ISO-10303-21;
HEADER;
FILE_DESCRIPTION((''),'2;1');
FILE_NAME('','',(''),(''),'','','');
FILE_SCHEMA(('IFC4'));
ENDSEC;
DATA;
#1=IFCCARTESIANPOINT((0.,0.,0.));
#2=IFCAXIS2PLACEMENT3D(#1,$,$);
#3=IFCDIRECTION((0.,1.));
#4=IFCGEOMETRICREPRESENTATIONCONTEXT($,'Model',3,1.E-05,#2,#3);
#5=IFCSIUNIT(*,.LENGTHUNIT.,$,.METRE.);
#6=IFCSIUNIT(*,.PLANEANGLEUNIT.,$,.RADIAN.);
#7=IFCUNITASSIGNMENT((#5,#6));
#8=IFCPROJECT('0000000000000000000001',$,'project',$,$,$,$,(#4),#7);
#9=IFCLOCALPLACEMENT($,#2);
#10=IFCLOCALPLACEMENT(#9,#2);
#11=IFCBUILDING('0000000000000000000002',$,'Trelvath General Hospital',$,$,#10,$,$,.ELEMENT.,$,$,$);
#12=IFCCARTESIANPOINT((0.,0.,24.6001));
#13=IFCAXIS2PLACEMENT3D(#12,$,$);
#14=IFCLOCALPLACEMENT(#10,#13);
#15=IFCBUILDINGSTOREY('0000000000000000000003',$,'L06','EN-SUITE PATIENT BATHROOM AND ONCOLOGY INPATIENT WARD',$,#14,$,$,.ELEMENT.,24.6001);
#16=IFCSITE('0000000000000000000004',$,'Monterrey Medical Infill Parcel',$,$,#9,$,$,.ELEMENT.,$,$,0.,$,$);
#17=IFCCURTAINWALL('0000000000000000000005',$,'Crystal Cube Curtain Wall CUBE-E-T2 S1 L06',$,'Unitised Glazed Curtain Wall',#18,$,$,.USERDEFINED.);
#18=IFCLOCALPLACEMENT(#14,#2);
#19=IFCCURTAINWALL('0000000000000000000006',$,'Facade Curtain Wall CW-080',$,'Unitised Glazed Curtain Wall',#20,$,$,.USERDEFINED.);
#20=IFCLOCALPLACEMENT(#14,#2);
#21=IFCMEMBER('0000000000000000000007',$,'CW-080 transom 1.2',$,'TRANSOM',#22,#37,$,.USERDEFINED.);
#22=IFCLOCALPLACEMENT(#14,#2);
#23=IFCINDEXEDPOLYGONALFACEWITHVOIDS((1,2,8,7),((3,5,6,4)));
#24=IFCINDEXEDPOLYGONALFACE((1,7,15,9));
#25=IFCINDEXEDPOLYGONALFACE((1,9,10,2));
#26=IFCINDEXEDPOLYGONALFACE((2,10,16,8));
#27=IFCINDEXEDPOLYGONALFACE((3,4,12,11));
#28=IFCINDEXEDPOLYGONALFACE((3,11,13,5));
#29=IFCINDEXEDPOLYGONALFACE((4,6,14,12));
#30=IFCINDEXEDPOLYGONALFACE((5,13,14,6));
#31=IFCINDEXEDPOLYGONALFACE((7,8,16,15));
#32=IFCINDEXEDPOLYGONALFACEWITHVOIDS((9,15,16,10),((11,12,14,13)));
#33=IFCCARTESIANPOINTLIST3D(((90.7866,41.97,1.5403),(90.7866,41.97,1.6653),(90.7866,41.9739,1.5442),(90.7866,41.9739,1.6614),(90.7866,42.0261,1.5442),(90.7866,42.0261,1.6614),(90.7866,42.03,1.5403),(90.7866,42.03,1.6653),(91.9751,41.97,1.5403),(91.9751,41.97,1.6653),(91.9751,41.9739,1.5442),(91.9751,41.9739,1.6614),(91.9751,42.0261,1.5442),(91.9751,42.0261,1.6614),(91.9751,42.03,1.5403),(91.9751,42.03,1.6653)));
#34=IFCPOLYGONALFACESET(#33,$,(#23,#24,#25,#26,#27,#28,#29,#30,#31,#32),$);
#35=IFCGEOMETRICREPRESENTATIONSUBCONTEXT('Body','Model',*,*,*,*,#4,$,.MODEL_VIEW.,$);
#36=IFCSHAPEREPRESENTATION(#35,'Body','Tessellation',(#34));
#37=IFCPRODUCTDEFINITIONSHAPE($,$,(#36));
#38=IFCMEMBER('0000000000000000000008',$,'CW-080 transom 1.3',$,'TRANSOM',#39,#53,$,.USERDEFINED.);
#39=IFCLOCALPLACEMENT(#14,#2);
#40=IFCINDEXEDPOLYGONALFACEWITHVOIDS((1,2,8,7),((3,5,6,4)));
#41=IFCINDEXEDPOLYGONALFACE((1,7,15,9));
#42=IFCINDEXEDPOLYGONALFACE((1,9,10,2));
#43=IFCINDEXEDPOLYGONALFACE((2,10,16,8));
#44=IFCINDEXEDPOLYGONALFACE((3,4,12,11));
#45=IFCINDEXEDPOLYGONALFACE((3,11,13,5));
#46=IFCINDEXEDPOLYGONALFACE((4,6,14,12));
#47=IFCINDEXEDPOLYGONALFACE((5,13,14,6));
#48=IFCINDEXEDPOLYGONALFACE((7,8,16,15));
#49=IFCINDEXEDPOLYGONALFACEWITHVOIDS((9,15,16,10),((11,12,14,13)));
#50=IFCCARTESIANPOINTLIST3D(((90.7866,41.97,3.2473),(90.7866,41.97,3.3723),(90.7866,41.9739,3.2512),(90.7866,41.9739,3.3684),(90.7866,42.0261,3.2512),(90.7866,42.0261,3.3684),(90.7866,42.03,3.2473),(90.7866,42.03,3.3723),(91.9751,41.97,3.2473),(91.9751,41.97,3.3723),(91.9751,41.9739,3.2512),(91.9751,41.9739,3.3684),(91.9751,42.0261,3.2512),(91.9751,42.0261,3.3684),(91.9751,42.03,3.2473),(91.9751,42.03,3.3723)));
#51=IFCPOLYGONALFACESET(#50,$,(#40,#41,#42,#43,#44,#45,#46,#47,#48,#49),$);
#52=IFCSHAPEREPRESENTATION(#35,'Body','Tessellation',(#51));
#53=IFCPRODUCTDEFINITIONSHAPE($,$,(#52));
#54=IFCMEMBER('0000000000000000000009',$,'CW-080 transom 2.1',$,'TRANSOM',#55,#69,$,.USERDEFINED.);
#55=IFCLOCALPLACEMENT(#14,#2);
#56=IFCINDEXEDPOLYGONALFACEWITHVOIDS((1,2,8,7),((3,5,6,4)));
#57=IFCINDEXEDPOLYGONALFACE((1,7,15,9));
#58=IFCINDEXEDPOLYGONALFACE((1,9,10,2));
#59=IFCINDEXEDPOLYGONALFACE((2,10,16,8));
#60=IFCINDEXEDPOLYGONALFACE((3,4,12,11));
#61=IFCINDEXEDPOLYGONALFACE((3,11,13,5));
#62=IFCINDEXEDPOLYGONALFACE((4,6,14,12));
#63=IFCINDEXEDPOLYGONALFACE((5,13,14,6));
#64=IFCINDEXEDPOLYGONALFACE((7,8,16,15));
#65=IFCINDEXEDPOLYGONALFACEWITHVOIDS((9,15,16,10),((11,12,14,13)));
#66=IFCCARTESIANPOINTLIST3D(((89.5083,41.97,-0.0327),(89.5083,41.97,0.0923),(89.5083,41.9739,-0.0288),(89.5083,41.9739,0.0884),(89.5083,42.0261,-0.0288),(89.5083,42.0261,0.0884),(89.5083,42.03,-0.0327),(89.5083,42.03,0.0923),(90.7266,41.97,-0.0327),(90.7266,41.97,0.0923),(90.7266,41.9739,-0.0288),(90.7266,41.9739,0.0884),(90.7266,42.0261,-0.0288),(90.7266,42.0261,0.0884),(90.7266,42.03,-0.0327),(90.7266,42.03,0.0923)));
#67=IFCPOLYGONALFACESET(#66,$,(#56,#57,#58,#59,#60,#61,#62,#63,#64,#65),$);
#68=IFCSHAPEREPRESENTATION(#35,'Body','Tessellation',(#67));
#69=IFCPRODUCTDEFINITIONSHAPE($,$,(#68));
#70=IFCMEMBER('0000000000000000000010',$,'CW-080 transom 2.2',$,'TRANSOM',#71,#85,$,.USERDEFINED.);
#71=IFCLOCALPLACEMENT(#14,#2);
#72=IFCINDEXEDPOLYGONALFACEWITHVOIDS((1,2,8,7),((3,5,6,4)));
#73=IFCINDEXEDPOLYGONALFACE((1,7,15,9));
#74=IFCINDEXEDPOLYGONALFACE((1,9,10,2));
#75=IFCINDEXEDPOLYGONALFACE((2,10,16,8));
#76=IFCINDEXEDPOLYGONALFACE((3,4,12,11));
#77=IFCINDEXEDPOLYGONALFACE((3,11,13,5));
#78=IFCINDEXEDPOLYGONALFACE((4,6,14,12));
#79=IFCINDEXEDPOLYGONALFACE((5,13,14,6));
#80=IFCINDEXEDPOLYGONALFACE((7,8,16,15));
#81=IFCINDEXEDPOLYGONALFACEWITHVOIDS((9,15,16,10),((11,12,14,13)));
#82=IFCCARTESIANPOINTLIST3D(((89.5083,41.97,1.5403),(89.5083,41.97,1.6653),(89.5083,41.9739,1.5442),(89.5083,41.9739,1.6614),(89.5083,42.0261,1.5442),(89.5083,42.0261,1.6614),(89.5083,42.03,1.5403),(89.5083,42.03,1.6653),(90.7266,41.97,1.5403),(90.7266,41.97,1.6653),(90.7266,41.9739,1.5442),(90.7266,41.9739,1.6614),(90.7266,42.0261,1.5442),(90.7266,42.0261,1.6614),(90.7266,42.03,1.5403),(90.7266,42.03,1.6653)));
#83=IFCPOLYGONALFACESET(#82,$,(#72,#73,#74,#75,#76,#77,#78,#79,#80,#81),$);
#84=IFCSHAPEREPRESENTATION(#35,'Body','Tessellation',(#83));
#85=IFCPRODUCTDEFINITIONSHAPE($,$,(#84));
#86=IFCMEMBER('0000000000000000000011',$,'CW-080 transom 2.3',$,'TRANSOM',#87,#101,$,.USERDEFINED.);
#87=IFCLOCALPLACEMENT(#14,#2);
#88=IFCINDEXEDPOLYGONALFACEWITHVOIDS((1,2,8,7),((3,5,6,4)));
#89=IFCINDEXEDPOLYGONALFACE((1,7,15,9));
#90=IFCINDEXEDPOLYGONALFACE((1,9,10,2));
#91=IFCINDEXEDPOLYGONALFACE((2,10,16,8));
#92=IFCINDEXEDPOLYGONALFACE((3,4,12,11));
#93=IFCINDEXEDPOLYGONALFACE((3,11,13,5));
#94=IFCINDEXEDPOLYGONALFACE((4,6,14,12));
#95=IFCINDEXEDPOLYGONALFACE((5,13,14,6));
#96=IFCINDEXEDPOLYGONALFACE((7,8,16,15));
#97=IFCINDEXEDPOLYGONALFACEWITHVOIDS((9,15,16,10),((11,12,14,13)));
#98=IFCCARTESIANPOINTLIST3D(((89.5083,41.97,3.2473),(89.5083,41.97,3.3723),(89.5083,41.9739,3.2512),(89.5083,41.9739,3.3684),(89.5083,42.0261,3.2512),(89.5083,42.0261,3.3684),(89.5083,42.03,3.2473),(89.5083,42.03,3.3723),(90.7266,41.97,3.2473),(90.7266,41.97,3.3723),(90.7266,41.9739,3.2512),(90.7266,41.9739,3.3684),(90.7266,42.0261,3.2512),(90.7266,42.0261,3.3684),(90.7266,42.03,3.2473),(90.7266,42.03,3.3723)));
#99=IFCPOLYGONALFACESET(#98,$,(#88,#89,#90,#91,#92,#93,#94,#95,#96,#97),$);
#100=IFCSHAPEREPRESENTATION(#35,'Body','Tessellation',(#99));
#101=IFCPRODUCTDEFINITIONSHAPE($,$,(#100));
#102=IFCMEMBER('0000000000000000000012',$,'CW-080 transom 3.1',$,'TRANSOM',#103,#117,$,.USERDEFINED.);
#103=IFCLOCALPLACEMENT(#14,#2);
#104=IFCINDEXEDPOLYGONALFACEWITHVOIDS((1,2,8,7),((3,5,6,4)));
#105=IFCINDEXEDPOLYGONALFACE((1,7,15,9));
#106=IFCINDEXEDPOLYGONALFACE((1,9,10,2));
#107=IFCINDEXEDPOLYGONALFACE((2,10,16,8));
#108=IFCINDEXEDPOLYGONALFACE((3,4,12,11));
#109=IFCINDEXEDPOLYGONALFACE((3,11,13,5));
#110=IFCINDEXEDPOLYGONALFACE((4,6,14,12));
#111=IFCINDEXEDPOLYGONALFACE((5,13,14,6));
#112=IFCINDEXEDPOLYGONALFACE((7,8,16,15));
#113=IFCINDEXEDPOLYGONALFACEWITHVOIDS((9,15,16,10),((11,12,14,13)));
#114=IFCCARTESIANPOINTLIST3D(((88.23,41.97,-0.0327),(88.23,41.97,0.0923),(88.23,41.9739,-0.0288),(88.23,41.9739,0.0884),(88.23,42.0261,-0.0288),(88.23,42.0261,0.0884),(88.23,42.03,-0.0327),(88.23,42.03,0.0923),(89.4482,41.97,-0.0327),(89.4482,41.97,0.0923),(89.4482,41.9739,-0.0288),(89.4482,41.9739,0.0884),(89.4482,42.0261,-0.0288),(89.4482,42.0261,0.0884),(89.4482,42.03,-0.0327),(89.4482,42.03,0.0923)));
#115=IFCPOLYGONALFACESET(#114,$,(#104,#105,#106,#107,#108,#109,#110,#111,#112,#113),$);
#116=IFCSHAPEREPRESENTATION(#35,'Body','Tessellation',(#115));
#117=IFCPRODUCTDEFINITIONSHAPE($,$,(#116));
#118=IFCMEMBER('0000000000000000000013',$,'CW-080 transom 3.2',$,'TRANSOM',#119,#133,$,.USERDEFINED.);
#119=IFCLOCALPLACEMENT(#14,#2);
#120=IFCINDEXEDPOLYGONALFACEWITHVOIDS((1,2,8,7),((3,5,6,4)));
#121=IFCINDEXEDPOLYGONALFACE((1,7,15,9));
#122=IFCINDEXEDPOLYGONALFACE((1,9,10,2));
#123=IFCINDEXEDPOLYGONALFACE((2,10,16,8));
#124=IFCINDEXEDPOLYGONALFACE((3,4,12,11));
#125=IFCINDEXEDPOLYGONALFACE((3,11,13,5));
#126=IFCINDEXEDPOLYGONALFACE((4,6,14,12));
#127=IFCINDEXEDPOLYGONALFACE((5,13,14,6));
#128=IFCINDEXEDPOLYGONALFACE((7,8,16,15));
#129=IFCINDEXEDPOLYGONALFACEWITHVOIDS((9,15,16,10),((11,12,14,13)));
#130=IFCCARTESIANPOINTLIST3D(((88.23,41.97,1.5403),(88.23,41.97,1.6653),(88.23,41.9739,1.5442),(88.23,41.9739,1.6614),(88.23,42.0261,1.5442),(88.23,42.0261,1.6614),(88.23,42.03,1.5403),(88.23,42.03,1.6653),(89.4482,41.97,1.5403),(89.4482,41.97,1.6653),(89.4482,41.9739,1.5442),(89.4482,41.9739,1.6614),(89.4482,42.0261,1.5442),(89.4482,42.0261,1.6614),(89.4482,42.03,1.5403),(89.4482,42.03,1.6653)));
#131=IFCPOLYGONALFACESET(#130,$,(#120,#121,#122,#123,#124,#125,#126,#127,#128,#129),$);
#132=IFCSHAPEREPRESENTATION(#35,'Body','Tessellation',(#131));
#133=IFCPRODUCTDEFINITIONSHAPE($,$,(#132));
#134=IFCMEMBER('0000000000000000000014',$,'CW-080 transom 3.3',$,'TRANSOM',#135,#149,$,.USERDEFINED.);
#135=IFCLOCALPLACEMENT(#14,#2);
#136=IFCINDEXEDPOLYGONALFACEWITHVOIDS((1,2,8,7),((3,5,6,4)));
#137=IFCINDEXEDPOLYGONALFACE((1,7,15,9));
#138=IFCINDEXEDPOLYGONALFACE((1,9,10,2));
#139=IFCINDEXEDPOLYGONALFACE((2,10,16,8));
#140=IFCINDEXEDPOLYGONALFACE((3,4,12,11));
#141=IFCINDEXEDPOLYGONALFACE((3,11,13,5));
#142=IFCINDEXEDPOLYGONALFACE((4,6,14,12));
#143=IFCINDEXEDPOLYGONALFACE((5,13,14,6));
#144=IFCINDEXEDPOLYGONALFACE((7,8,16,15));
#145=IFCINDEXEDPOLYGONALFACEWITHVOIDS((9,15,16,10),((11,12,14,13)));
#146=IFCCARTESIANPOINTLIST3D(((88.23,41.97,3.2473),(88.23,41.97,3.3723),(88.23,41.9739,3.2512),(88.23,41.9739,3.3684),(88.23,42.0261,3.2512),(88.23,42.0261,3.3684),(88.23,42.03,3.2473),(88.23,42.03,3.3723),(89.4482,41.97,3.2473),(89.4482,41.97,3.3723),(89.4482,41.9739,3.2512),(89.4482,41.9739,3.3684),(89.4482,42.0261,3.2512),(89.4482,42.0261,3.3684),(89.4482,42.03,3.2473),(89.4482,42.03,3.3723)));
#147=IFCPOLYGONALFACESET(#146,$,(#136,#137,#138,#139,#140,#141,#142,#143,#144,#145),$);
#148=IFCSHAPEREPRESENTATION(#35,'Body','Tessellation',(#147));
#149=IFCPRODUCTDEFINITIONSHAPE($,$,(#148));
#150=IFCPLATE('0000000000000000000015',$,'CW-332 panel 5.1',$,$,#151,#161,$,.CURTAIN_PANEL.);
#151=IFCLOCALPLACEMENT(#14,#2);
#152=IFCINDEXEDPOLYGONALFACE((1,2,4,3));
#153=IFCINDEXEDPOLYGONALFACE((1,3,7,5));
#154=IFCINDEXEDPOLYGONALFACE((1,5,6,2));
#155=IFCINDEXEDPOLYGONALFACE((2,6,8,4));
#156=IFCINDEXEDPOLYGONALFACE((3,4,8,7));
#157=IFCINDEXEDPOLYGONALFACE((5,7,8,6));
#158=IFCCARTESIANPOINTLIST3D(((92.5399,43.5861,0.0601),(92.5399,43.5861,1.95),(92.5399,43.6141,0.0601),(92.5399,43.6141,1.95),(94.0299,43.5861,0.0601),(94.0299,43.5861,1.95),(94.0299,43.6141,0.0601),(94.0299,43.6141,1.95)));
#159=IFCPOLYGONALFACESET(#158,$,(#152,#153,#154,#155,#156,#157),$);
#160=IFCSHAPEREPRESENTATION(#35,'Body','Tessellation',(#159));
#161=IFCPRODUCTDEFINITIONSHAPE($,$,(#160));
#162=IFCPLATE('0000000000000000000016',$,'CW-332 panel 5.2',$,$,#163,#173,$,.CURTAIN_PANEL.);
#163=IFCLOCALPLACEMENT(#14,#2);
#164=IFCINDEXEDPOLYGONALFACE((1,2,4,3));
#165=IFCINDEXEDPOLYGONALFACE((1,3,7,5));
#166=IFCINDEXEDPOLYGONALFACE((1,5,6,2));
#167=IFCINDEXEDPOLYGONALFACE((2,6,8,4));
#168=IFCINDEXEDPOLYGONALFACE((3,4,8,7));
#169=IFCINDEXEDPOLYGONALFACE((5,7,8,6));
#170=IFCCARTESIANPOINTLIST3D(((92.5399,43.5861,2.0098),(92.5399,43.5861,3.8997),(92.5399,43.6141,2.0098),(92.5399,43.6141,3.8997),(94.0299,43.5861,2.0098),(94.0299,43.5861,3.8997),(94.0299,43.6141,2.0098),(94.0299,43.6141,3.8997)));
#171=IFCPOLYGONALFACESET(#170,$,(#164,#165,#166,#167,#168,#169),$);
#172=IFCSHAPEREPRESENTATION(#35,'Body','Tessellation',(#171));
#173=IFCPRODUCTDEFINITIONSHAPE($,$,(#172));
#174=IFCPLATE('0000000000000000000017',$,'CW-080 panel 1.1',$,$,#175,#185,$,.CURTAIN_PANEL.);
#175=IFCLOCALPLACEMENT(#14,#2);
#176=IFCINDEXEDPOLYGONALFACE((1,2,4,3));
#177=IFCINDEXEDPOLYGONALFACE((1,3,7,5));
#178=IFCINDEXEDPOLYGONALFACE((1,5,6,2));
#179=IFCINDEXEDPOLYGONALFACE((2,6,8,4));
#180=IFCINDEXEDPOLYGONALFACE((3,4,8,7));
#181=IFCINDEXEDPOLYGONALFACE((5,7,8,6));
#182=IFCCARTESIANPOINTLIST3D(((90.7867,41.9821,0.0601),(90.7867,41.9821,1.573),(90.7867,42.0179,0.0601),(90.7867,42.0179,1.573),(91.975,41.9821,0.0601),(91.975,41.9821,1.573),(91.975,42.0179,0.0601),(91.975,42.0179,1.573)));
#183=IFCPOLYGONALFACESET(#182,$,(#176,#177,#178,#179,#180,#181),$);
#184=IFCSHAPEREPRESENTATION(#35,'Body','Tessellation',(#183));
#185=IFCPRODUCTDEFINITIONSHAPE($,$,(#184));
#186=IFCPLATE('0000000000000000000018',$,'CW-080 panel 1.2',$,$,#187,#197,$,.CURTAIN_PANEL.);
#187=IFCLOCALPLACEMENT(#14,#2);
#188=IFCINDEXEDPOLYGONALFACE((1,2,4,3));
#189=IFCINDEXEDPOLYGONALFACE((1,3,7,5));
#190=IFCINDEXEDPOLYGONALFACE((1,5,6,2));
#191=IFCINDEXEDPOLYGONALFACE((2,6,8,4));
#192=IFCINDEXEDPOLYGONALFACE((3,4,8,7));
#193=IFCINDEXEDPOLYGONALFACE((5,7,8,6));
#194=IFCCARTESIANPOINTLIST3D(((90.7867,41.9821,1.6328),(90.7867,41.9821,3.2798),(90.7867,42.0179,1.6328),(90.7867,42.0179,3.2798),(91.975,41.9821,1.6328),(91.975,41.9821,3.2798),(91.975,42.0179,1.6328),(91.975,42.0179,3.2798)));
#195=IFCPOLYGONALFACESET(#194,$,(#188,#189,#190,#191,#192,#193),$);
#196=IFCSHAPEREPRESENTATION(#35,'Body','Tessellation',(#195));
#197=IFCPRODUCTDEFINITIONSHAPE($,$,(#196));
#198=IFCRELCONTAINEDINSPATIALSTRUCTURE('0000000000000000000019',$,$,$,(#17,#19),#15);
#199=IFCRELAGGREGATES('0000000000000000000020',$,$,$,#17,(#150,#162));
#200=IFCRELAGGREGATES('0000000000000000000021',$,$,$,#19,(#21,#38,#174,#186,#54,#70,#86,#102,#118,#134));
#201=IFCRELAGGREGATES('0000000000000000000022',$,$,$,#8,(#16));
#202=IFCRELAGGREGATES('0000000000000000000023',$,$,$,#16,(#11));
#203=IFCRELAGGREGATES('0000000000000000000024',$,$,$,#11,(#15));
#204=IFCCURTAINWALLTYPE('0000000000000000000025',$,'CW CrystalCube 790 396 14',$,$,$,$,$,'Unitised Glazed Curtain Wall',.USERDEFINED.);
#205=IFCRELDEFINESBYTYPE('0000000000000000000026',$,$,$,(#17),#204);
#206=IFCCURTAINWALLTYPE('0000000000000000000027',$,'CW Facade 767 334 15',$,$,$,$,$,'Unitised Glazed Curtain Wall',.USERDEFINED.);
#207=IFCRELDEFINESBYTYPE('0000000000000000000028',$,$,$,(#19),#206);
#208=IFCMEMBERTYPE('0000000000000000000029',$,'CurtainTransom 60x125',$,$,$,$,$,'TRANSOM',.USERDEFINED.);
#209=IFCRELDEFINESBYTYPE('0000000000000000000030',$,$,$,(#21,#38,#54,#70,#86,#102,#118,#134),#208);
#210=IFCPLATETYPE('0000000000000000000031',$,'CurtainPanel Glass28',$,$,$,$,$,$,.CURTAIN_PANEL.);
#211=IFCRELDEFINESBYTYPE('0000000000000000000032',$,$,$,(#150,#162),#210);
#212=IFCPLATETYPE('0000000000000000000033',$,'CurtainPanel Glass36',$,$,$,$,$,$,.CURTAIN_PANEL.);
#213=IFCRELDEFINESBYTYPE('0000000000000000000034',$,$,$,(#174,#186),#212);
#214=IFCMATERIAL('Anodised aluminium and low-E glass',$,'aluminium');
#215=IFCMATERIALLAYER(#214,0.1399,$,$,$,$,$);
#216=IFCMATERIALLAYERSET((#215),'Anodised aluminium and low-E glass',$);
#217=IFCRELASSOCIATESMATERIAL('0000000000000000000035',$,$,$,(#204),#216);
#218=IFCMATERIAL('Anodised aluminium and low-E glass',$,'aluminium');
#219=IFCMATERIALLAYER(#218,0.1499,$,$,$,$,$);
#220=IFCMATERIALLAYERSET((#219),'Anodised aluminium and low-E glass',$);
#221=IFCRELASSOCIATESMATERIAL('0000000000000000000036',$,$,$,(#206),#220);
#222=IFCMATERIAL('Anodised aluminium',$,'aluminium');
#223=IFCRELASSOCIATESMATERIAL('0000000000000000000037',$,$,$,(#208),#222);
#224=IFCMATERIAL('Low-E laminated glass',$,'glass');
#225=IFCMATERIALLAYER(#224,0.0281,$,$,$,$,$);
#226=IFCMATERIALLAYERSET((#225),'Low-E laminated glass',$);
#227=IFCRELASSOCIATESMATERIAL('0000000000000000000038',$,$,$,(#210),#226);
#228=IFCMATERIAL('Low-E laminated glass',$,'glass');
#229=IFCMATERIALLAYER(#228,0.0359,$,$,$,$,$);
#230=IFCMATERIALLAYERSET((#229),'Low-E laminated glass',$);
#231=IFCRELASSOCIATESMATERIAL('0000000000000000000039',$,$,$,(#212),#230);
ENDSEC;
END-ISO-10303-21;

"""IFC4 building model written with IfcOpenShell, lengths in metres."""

from ifc_helpers import new_model, si_unit, direction, frame, origin, origin_2d, place, context, subcontext, project, spatial, rectangle, hollow_rectangle, extrude, material, layer, layer_set, material_profile, profile_set, type_object, element, aggregate, save


model = new_model("IFC4")

# Units and contexts
model_context = context("Model", 3, precision=1e-05, world=origin(), true_north=direction((0.0, 1.0)))
body_context = subcontext(model_context, "Body", "Model", "MODEL_VIEW")
ifc_project = project(units=[si_unit("LENGTHUNIT", "METRE"), si_unit("PLANEANGLEUNIT", "RADIAN")], contexts=[model_context])

# Site, building, storey
site_placement = place(None, origin())
site = spatial("IfcSite", under=ifc_project, at=site_placement, Name="Monterrey Medical Infill Parcel", CompositionType="ELEMENT", RefElevation=0.0)
building_placement = place(site_placement, origin())
building = spatial("IfcBuilding", under=site, at=building_placement, Name="Trelvath General Hospital", CompositionType="ELEMENT")
storey_placement = place(building_placement, frame((0.0, 0.0, 24.6001)))
storey = spatial("IfcBuildingStorey", under=building, at=storey_placement, Name="L06", Description="EN-SUITE PATIENT BATHROOM AND ONCOLOGY INPATIENT WARD", CompositionType="ELEMENT", Elevation=24.6001)

# Curtain wall
ifc_material_1 = material(Name="Anodised aluminium and low-E glass", Category="aluminium")
ifc_layer_1 = layer(ifc_material_1, 0.1399)
ifc_layer_set_1 = layer_set([ifc_layer_1], Name="Anodised aluminium and low-E glass")
curtain_wall_type_1 = type_object("IfcCurtainWallType", Name="CW CrystalCube 790 396 14", ElementType="Unitised Glazed Curtain Wall", PredefinedType="USERDEFINED", material=ifc_layer_set_1)
curtain_wall_1_placement = place(storey_placement, origin())
curtain_wall_1 = element("IfcCurtainWall", 1, at=curtain_wall_1_placement, inside=storey, type_object=curtain_wall_type_1, Name="Crystal Cube Curtain Wall CUBE-E-T2 S1 L06", ObjectType="Unitised Glazed Curtain Wall", PredefinedType="USERDEFINED")

# Curtain wall
ifc_material_2 = material(Name="Anodised aluminium and low-E glass", Category="aluminium")
ifc_layer_2 = layer(ifc_material_2, 0.1499)
ifc_layer_set_2 = layer_set([ifc_layer_2], Name="Anodised aluminium and low-E glass")
curtain_wall_type_2 = type_object("IfcCurtainWallType", Name="CW Facade 767 334 15", ElementType="Unitised Glazed Curtain Wall", PredefinedType="USERDEFINED", material=ifc_layer_set_2)
curtain_wall_2_placement = place(storey_placement, origin())
curtain_wall_2 = element("IfcCurtainWall", 2, at=curtain_wall_2_placement, inside=storey, type_object=curtain_wall_type_2, Name="Facade Curtain Wall CW-080", ObjectType="Unitised Glazed Curtain Wall", PredefinedType="USERDEFINED")

# Members
ifc_material_3 = material(Name="Anodised aluminium", Category="aluminium")
ifc_material_profile_1 = material_profile(ifc_material_3, hollow_rectangle(XDim=0.0601, YDim=0.125, WallThickness=0.0039, at=origin_2d()), Name="RHS60x125x4")
ifc_profile_set_1 = profile_set([ifc_material_profile_1], Name="Anodised aluminium")
member_type_1 = type_object("IfcMemberType", Name="CurtainTransom 60x125", ElementType="TRANSOM", PredefinedType="USERDEFINED", material=ifc_profile_set_1)
member_1_placement = place(storey_placement, frame((91.9751, 42.0, 1.6028), z_axis=(-1.0, 0.0, 0.0), x_axis=(0.0, -1.0, 0.0)))
member_1 = element("IfcMember", 3, at=member_1_placement, type_object=member_type_1, Name="CW-080 transom 1.2", ObjectType="TRANSOM", PredefinedType="USERDEFINED", context=body_context, shape_type="SweptSolid", body=[
    extrude(hollow_rectangle(XDim=0.0601, YDim=0.125, WallThickness=0.0039, at=origin_2d()), origin(), (0.0, 0.0, 1.0), 1.1885),
])
member_2_placement = place(storey_placement, frame((91.9751, 42.0, 3.3098), z_axis=(-1.0, 0.0, 0.0), x_axis=(0.0, -1.0, 0.0)))
member_2 = element("IfcMember", 4, at=member_2_placement, type_object=member_type_1, Name="CW-080 transom 1.3", ObjectType="TRANSOM", PredefinedType="USERDEFINED", context=body_context, shape_type="SweptSolid", body=[
    extrude(hollow_rectangle(XDim=0.0601, YDim=0.125, WallThickness=0.0039, at=origin_2d()), origin(), (0.0, 0.0, 1.0), 1.1885),
])
member_3_placement = place(storey_placement, frame((90.7266, 42.0, 0.0298), z_axis=(-1.0, 0.0, 0.0), x_axis=(0.0, -1.0, 0.0)))
member_3 = element("IfcMember", 5, at=member_3_placement, type_object=member_type_1, Name="CW-080 transom 2.1", ObjectType="TRANSOM", PredefinedType="USERDEFINED", context=body_context, shape_type="SweptSolid", body=[
    extrude(hollow_rectangle(XDim=0.0601, YDim=0.125, WallThickness=0.0039, at=origin_2d()), origin(), (0.0, 0.0, 1.0), 1.2183),
])
member_4_placement = place(storey_placement, frame((90.7266, 42.0, 1.6028), z_axis=(-1.0, 0.0, 0.0), x_axis=(0.0, -1.0, 0.0)))
member_4 = element("IfcMember", 6, at=member_4_placement, type_object=member_type_1, Name="CW-080 transom 2.2", ObjectType="TRANSOM", PredefinedType="USERDEFINED", context=body_context, shape_type="SweptSolid", body=[
    extrude(hollow_rectangle(XDim=0.0601, YDim=0.125, WallThickness=0.0039, at=origin_2d()), origin(), (0.0, 0.0, 1.0), 1.2183),
])
member_5_placement = place(storey_placement, frame((90.7266, 42.0, 3.3098), z_axis=(-1.0, 0.0, 0.0), x_axis=(0.0, -1.0, 0.0)))
member_5 = element("IfcMember", 7, at=member_5_placement, type_object=member_type_1, Name="CW-080 transom 2.3", ObjectType="TRANSOM", PredefinedType="USERDEFINED", context=body_context, shape_type="SweptSolid", body=[
    extrude(hollow_rectangle(XDim=0.0601, YDim=0.125, WallThickness=0.0039, at=origin_2d()), origin(), (0.0, 0.0, 1.0), 1.2183),
])
member_6_placement = place(storey_placement, frame((89.4482, 42.0, 0.0298), z_axis=(-1.0, 0.0, 0.0), x_axis=(0.0, -1.0, 0.0)))
member_6 = element("IfcMember", 8, at=member_6_placement, type_object=member_type_1, Name="CW-080 transom 3.1", ObjectType="TRANSOM", PredefinedType="USERDEFINED", context=body_context, shape_type="SweptSolid", body=[
    extrude(hollow_rectangle(XDim=0.0601, YDim=0.125, WallThickness=0.0039, at=origin_2d()), origin(), (0.0, 0.0, 1.0), 1.2183),
])
member_7_placement = place(storey_placement, frame((89.4482, 42.0, 1.6028), z_axis=(-1.0, 0.0, 0.0), x_axis=(0.0, -1.0, 0.0)))
member_7 = element("IfcMember", 9, at=member_7_placement, type_object=member_type_1, Name="CW-080 transom 3.2", ObjectType="TRANSOM", PredefinedType="USERDEFINED", context=body_context, shape_type="SweptSolid", body=[
    extrude(hollow_rectangle(XDim=0.0601, YDim=0.125, WallThickness=0.0039, at=origin_2d()), origin(), (0.0, 0.0, 1.0), 1.2183),
])
member_8_placement = place(storey_placement, frame((89.4482, 42.0, 3.3098), z_axis=(-1.0, 0.0, 0.0), x_axis=(0.0, -1.0, 0.0)))
member_8 = element("IfcMember", 10, at=member_8_placement, type_object=member_type_1, Name="CW-080 transom 3.3", ObjectType="TRANSOM", PredefinedType="USERDEFINED", context=body_context, shape_type="SweptSolid", body=[
    extrude(hollow_rectangle(XDim=0.0601, YDim=0.125, WallThickness=0.0039, at=origin_2d()), origin(), (0.0, 0.0, 1.0), 1.2183),
])

# Plates
ifc_material_4 = material(Name="Low-E laminated glass", Category="glass")
ifc_layer_3 = layer(ifc_material_4, 0.0281)
ifc_layer_set_3 = layer_set([ifc_layer_3], Name="Low-E laminated glass")
plate_type_1 = type_object("IfcPlateType", Name="CurtainPanel Glass28", PredefinedType="CURTAIN_PANEL", material=ifc_layer_set_3)
plate_1_placement = place(storey_placement, frame((93.2849, 43.6001, 0.0601), z_axis=(0.0, 0.0, 1.0), x_axis=(-1.0, 0.0, 0.0)))
plate_1 = element("IfcPlate", 11, at=plate_1_placement, type_object=plate_type_1, Name="CW-332 panel 5.1", PredefinedType="CURTAIN_PANEL", context=body_context, shape_type="SweptSolid", body=[
    extrude(rectangle(XDim=1.49, YDim=0.0281, at=origin_2d()), origin(), (0.0, 0.0, 1.0), 1.8899),
])
plate_2_placement = place(storey_placement, frame((93.2849, 43.6001, 2.0098), z_axis=(0.0, 0.0, 1.0), x_axis=(-1.0, 0.0, 0.0)))
plate_2 = element("IfcPlate", 12, at=plate_2_placement, type_object=plate_type_1, Name="CW-332 panel 5.2", PredefinedType="CURTAIN_PANEL", context=body_context, shape_type="SweptSolid", body=[
    extrude(rectangle(XDim=1.49, YDim=0.0281, at=origin_2d()), origin(), (0.0, 0.0, 1.0), 1.8899),
])
aggregate(curtain_wall_1, [plate_1, plate_2])
ifc_material_5 = material(Name="Low-E laminated glass", Category="glass")
ifc_layer_4 = layer(ifc_material_5, 0.0359)
ifc_layer_set_4 = layer_set([ifc_layer_4], Name="Low-E laminated glass")
plate_type_2 = type_object("IfcPlateType", Name="CurtainPanel Glass36", PredefinedType="CURTAIN_PANEL", material=ifc_layer_set_4)
plate_3_placement = place(storey_placement, frame((91.3809, 42.0, 0.0601), z_axis=(0.0, 0.0, 1.0), x_axis=(-1.0, 0.0, 0.0)))
plate_3 = element("IfcPlate", 13, at=plate_3_placement, type_object=plate_type_2, Name="CW-080 panel 1.1", PredefinedType="CURTAIN_PANEL", context=body_context, shape_type="SweptSolid", body=[
    extrude(rectangle(XDim=1.1882, YDim=0.0359, at=origin_2d()), origin(), (0.0, 0.0, 1.0), 1.5129),
])
plate_4_placement = place(storey_placement, frame((91.3809, 42.0, 1.6328), z_axis=(0.0, 0.0, 1.0), x_axis=(-1.0, 0.0, 0.0)))
plate_4 = element("IfcPlate", 14, at=plate_4_placement, type_object=plate_type_2, Name="CW-080 panel 1.2", PredefinedType="CURTAIN_PANEL", context=body_context, shape_type="SweptSolid", body=[
    extrude(rectangle(XDim=1.1882, YDim=0.0359, at=origin_2d()), origin(), (0.0, 0.0, 1.0), 1.647),
])
aggregate(curtain_wall_2, [member_1, member_2, plate_3, plate_4, member_3, member_4, member_5, member_6, member_7, member_8])

save(model, "model.ifc")
